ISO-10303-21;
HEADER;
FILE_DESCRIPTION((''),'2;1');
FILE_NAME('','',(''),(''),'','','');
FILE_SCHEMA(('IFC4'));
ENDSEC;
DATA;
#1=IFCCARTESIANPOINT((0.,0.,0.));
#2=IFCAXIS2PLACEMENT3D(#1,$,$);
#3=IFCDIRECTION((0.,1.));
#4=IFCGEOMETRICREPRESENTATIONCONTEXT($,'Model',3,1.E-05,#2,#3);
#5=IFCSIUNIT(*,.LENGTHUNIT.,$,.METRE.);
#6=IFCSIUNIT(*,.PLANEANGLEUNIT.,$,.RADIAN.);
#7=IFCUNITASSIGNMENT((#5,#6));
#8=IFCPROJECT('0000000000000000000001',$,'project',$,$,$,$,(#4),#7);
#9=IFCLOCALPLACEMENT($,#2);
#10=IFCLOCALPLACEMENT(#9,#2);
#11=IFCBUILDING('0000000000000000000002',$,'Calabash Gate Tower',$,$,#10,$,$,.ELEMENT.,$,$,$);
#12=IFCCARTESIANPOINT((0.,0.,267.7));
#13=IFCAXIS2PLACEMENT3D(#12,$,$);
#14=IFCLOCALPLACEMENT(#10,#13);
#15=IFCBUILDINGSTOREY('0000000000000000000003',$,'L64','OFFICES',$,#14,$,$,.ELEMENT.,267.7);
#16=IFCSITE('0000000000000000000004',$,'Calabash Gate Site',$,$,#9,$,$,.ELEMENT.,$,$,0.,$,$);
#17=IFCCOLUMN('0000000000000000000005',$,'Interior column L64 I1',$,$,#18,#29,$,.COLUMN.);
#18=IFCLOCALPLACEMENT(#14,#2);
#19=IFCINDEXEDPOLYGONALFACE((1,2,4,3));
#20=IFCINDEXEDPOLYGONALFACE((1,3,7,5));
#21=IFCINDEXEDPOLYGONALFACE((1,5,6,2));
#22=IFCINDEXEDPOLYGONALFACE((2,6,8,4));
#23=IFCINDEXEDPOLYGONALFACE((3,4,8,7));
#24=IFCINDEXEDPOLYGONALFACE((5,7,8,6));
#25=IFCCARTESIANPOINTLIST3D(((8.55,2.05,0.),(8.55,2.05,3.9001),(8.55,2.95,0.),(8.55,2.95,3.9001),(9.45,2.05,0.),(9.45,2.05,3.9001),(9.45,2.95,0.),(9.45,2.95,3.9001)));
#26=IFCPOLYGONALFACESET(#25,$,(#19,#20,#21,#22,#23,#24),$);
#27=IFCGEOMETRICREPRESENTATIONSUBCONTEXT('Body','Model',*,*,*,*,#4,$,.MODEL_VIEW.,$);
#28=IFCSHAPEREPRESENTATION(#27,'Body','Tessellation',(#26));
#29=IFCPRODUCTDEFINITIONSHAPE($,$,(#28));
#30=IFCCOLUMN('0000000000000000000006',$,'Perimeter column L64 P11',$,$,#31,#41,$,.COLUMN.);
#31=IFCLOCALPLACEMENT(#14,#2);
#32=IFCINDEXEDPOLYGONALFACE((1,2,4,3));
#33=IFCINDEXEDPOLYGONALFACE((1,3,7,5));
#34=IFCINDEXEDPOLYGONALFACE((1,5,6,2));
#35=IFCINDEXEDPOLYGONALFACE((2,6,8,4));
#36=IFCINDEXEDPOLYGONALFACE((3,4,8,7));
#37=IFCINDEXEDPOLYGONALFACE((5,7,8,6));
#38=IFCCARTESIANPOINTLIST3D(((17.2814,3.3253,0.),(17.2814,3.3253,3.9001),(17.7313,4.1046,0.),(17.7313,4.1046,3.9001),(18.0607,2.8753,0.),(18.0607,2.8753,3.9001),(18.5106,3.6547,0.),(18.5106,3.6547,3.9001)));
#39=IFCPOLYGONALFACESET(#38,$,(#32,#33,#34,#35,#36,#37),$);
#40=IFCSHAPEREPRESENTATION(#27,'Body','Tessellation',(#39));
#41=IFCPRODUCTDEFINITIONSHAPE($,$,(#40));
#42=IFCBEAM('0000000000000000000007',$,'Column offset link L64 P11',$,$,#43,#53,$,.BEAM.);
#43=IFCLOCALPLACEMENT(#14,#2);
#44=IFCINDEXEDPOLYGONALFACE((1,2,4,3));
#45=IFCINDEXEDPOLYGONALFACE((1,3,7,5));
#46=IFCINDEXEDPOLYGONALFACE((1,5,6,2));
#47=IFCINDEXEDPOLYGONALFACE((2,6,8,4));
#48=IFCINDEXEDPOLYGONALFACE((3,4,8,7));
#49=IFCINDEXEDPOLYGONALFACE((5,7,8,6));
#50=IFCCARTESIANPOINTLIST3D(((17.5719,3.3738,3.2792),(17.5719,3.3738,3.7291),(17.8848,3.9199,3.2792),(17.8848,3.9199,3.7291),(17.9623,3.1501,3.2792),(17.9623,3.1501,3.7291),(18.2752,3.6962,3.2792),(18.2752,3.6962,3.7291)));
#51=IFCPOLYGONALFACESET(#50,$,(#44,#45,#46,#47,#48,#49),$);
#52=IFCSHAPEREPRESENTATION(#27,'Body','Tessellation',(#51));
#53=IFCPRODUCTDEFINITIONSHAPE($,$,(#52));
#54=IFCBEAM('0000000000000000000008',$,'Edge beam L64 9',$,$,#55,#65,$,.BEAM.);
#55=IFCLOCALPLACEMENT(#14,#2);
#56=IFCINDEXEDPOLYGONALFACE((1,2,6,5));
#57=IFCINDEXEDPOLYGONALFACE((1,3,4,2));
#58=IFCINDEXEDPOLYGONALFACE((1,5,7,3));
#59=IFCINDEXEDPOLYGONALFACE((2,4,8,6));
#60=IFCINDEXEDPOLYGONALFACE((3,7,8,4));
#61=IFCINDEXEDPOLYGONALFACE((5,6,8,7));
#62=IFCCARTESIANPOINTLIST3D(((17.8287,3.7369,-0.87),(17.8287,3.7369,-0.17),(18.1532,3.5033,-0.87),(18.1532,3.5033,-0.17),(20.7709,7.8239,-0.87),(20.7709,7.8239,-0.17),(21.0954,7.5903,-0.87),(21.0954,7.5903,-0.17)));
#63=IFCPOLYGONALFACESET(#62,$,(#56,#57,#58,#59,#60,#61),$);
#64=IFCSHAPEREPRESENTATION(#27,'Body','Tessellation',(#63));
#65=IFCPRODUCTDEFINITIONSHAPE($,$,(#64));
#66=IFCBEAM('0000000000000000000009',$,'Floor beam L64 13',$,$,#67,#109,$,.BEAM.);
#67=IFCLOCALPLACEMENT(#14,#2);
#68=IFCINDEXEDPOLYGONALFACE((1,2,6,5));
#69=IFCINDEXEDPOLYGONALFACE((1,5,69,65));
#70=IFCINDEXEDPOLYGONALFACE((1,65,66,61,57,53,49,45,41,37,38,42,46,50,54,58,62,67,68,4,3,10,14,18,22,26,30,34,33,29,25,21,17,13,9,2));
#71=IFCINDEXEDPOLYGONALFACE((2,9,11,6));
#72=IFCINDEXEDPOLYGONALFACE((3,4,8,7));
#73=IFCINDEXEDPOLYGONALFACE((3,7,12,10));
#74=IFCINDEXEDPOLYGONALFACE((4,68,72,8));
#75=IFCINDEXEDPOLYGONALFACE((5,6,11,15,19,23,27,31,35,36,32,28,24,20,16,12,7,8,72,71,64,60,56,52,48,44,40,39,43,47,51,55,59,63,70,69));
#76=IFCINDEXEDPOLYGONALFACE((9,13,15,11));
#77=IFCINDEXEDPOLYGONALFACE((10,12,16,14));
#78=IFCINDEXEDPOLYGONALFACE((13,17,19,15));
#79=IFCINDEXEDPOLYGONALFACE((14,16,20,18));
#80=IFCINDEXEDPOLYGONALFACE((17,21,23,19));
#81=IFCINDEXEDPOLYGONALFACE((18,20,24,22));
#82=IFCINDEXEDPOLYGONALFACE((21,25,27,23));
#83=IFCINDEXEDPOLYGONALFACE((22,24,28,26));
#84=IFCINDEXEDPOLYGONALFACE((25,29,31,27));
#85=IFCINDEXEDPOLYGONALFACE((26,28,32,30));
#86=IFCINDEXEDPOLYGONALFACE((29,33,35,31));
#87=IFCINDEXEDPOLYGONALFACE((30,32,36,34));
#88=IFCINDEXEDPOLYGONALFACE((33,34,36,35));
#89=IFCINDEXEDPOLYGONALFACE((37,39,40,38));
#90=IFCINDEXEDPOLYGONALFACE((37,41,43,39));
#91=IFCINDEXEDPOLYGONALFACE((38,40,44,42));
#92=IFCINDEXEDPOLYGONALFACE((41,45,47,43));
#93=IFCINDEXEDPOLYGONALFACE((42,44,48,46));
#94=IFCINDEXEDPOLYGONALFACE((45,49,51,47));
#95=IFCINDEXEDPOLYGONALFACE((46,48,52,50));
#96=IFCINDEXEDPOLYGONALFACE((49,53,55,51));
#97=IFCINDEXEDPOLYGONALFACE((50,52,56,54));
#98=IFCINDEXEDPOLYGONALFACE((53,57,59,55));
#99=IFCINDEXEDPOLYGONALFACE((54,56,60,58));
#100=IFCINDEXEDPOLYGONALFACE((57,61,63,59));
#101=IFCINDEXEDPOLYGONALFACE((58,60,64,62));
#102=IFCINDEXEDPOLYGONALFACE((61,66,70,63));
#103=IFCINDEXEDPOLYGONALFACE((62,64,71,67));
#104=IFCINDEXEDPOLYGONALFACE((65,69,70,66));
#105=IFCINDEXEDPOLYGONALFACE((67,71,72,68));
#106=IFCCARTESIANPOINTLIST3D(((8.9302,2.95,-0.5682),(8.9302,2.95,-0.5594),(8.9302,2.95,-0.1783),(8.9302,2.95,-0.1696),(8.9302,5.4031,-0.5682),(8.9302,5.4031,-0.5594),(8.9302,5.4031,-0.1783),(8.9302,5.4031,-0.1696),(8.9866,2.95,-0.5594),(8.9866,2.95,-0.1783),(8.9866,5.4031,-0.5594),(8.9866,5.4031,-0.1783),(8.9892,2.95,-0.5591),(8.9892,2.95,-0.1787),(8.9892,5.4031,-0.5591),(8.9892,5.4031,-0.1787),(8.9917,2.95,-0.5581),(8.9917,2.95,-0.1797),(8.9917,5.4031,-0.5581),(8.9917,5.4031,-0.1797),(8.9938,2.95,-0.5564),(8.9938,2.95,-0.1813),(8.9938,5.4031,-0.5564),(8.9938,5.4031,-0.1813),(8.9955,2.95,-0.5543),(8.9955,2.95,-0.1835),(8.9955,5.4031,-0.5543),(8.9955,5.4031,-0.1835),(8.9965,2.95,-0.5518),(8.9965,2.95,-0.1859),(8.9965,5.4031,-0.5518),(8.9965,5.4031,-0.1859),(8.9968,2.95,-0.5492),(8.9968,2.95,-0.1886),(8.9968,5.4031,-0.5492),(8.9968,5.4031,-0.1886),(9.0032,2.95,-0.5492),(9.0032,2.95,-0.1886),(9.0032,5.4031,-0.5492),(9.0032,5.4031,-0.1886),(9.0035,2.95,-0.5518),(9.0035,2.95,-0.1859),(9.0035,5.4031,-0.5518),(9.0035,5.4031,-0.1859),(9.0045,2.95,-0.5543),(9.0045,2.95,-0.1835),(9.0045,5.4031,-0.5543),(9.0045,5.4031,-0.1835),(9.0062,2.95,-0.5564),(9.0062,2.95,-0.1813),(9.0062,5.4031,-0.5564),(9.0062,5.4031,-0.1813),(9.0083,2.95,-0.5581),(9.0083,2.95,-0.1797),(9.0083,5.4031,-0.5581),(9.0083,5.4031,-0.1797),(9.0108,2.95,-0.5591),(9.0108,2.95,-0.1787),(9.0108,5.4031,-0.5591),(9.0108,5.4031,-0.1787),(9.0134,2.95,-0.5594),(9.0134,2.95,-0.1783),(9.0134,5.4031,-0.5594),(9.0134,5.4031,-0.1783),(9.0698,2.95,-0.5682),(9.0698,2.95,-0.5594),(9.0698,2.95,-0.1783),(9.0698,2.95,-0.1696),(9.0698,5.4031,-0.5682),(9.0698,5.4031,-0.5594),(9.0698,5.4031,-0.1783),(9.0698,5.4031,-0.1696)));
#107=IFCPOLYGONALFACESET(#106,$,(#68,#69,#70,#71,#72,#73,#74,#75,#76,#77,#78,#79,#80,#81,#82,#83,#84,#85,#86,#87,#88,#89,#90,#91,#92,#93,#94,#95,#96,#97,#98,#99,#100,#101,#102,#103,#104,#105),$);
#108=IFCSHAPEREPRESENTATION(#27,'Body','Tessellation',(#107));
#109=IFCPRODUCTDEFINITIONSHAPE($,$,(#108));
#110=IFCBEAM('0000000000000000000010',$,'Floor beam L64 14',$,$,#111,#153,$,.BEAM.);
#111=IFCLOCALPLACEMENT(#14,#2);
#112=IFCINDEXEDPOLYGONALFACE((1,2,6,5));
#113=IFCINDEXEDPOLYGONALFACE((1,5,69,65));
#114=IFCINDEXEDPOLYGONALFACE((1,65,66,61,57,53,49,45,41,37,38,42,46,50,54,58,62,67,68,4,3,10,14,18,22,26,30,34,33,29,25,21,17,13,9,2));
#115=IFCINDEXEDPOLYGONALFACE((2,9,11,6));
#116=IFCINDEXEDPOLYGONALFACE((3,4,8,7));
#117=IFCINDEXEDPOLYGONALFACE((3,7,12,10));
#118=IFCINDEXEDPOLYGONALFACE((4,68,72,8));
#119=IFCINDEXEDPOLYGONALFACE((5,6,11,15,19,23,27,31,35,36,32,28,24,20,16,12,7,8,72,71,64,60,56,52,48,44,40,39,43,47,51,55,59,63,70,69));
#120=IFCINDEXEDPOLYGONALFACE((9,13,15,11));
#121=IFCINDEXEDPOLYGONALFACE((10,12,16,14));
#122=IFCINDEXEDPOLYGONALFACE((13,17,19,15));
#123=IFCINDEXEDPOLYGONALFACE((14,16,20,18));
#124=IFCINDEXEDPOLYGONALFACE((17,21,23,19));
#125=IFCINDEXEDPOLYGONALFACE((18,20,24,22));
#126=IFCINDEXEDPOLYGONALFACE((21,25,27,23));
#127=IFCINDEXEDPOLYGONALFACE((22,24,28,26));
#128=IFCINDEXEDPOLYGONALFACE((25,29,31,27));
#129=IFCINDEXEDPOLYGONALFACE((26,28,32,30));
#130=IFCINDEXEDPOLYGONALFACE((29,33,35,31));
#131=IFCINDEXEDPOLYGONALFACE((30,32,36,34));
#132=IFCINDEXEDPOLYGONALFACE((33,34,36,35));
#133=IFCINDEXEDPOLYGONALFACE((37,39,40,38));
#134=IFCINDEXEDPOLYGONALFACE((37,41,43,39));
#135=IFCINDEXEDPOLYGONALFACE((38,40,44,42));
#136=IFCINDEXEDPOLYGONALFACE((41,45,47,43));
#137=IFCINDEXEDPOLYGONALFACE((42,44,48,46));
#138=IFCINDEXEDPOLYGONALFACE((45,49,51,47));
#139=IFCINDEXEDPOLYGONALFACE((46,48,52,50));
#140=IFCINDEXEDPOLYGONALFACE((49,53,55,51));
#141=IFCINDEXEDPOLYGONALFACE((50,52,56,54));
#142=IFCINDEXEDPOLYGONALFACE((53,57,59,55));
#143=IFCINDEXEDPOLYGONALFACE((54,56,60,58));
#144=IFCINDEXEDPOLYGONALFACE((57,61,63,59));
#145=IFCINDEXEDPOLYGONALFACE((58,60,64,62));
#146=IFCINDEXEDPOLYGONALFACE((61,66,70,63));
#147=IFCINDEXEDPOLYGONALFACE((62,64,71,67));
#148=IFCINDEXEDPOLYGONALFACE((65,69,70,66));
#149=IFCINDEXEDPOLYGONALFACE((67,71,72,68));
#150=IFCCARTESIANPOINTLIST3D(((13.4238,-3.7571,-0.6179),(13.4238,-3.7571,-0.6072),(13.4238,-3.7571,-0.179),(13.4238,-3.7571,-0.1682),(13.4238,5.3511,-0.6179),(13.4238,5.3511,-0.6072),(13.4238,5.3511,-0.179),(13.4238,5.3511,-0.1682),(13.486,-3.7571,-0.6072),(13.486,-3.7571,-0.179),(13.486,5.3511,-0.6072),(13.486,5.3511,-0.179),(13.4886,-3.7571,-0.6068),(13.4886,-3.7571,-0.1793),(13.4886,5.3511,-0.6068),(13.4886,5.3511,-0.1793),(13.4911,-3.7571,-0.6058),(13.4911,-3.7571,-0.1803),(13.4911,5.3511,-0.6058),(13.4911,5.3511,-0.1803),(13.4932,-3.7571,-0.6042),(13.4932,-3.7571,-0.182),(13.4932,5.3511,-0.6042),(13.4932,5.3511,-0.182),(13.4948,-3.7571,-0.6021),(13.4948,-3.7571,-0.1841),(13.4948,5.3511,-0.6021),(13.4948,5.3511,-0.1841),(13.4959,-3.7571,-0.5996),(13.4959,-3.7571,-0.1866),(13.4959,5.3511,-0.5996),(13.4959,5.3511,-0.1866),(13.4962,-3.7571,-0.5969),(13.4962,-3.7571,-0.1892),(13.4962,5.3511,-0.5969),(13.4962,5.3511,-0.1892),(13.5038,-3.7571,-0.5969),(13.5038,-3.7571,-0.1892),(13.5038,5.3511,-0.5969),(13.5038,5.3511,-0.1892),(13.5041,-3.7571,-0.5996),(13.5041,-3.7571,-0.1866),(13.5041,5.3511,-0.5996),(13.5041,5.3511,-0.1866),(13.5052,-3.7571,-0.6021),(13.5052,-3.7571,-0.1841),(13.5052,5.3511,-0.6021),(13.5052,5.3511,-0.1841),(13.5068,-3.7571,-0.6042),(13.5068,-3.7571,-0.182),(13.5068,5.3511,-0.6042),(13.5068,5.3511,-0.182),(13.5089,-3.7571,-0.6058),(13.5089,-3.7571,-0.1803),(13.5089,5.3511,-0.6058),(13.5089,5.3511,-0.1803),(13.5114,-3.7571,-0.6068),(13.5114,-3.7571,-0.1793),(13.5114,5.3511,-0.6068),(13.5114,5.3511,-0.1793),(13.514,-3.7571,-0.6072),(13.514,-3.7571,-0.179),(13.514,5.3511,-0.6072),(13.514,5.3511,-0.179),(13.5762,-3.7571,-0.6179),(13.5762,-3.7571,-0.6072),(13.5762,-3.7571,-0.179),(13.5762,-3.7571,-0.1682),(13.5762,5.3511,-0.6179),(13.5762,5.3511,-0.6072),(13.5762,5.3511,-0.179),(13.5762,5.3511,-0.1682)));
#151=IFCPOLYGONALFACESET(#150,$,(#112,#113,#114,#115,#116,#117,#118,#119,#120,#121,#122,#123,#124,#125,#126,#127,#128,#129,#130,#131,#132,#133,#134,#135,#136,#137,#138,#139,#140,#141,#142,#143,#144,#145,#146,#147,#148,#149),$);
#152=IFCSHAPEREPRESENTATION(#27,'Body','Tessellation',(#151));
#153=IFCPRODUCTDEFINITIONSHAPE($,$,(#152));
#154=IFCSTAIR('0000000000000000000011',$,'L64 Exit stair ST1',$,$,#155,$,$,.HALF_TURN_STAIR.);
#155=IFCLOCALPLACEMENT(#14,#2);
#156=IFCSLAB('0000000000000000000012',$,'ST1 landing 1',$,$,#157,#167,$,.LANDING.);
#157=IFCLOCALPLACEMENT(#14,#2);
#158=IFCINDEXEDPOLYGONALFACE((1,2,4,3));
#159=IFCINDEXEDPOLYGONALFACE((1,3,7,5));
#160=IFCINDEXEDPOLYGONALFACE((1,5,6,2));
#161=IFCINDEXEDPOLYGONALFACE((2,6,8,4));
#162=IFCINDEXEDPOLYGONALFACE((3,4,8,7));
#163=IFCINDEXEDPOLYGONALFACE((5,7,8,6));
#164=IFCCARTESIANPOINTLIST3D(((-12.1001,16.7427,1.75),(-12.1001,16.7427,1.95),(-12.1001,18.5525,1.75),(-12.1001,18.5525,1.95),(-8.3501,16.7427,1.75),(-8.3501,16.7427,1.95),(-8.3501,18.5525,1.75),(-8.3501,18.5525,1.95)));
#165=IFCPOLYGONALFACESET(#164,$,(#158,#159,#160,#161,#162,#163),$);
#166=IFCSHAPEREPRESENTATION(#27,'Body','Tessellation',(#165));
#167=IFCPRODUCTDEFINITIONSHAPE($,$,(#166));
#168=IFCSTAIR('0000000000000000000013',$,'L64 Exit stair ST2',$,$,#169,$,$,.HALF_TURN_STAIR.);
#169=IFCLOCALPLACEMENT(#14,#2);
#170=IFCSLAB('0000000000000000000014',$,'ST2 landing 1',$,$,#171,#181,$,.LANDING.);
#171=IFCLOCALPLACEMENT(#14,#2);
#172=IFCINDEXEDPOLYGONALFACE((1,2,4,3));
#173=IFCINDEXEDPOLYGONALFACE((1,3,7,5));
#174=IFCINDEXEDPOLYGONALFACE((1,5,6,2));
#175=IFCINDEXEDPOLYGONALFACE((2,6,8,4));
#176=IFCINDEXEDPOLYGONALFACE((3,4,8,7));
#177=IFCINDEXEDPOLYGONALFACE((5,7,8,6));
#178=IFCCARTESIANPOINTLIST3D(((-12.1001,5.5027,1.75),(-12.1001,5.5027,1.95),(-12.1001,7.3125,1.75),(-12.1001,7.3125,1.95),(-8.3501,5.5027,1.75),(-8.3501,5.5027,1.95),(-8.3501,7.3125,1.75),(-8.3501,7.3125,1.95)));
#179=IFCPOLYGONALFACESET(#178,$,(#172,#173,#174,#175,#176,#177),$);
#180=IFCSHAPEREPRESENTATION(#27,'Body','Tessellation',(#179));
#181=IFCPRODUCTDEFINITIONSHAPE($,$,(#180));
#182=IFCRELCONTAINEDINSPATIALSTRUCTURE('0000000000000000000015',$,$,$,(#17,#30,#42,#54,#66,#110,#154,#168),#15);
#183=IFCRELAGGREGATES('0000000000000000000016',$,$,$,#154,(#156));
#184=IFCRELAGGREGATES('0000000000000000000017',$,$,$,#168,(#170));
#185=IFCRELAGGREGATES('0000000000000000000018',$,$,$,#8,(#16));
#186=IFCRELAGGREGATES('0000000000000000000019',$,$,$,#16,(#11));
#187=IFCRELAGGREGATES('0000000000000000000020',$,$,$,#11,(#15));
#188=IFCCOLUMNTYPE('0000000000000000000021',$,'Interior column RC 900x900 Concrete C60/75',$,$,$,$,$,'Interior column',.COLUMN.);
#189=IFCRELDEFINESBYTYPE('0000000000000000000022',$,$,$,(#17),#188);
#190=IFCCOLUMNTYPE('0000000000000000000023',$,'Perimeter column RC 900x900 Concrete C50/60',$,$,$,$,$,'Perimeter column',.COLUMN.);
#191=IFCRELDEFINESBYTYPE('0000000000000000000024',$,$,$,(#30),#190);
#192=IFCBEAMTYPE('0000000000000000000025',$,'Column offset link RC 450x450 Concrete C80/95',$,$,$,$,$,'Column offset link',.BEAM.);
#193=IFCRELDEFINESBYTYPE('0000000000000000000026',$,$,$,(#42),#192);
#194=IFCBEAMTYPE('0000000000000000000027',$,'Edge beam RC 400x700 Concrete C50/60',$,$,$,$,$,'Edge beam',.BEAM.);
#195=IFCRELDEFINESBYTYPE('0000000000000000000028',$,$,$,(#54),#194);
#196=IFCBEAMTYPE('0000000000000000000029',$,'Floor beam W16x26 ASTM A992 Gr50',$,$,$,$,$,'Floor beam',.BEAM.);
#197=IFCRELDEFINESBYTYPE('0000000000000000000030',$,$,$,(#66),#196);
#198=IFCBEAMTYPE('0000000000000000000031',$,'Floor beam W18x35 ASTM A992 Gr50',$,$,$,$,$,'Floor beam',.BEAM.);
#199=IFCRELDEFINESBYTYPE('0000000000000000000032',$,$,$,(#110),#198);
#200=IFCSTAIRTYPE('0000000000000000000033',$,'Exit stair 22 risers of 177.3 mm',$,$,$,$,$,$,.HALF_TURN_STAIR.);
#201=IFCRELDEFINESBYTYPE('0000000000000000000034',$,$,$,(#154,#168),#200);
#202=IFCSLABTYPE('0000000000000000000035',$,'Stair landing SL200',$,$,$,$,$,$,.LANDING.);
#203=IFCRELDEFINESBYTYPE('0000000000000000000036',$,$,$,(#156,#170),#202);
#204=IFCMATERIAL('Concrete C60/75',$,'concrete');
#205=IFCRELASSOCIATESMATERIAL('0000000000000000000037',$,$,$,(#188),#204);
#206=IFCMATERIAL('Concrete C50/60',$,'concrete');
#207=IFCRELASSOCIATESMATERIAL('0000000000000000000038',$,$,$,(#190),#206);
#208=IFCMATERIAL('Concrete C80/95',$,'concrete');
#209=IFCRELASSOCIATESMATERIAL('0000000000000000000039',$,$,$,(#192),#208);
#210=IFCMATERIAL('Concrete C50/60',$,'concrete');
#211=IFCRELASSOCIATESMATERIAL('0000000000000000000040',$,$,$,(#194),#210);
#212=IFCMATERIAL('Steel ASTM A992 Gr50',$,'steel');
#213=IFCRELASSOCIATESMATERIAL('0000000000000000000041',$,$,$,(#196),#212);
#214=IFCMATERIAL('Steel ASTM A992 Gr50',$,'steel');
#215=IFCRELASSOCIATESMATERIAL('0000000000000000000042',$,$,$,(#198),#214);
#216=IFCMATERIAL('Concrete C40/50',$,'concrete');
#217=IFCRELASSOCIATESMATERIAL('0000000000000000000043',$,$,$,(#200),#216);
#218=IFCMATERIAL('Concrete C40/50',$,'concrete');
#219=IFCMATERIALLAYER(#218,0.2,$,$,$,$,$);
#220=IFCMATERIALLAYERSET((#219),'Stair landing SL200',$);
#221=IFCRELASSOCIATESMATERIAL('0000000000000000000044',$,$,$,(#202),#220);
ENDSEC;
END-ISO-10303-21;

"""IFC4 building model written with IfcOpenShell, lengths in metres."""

from ifc_helpers import new_model, si_unit, direction, frame, origin, origin_2d, place, context, subcontext, project, spatial, polyline, rectangle, i_section, outline, extrude, material, layer, layer_set, material_profile, profile_set, type_object, element, aggregate, save


model = new_model("IFC4")

# Units and contexts
model_context = context("Model", 3, precision=1e-05, world=origin(), true_north=direction((0.0, 1.0)))
body_context = subcontext(model_context, "Body", "Model", "MODEL_VIEW")
ifc_project = project(units=[si_unit("LENGTHUNIT", "METRE"), si_unit("PLANEANGLEUNIT", "RADIAN")], contexts=[model_context])

# Site, building, storey
site_placement = place(None, origin())
site = spatial("IfcSite", under=ifc_project, at=site_placement, Name="Calabash Gate Site", CompositionType="ELEMENT", RefElevation=0.0)
building_placement = place(site_placement, origin())
building = spatial("IfcBuilding", under=site, at=building_placement, Name="Calabash Gate Tower", CompositionType="ELEMENT")
storey_placement = place(building_placement, frame((0.0, 0.0, 267.7)))
storey = spatial("IfcBuildingStorey", under=building, at=storey_placement, Name="L64", Description="OFFICES", CompositionType="ELEMENT", Elevation=267.7)

# Columns
ifc_material_1 = material(Name="Concrete C60/75", Category="concrete")
ifc_material_profile_1 = material_profile(ifc_material_1, rectangle(XDim=0.8999, YDim=0.8999, at=origin_2d()))
ifc_profile_set_1 = profile_set([ifc_material_profile_1], Name="Concrete C60/75")
column_type_1 = type_object("IfcColumnType", Name="Interior column RC 900x900 Concrete C60/75", ElementType="Interior column", PredefinedType="COLUMN", material=ifc_profile_set_1)
column_1_placement = place(storey_placement, frame((9.0, 2.5, 0.0), z_axis=(0.0, 0.0, 1.0), x_axis=(1.0, 0.0, 0.0)))
element("IfcColumn", 1, at=column_1_placement, inside=storey, type_object=column_type_1, Name="Interior column L64 I1", PredefinedType="COLUMN", context=body_context, shape_type="SweptSolid", body=[
    extrude(rectangle(XDim=0.8999, YDim=0.8999, at=origin_2d()), origin(), (0.0, 0.0, 1.0), 3.9001),
])
ifc_material_2 = material(Name="Concrete C50/60", Category="concrete")
ifc_material_profile_2 = material_profile(ifc_material_2, rectangle(XDim=0.8999, YDim=0.8999, at=origin_2d()))
ifc_profile_set_2 = profile_set([ifc_material_profile_2], Name="Concrete C50/60")
column_type_2 = type_object("IfcColumnType", Name="Perimeter column RC 900x900 Concrete C50/60", ElementType="Perimeter column", PredefinedType="COLUMN", material=ifc_profile_set_2)
column_2_placement = place(storey_placement, frame((17.896, 3.49, 0.0), z_axis=(0.0, 0.0, 1.0), x_axis=(0.5, 0.866025, 0.0)))
element("IfcColumn", 2, at=column_2_placement, inside=storey, type_object=column_type_2, Name="Perimeter column L64 P11", PredefinedType="COLUMN", context=body_context, shape_type="SweptSolid", body=[
    extrude(rectangle(XDim=0.8999, YDim=0.8999, at=origin_2d()), origin(), (0.0, 0.0, 1.0), 3.9001),
])

# Beams
ifc_material_3 = material(Name="Concrete C80/95", Category="concrete")
ifc_material_profile_3 = material_profile(ifc_material_3, rectangle(XDim=0.45, YDim=0.45, at=origin_2d()))
ifc_profile_set_3 = profile_set([ifc_material_profile_3], Name="Concrete C80/95")
beam_type_1 = type_object("IfcBeamType", Name="Column offset link RC 450x450 Concrete C80/95", ElementType="Column offset link", PredefinedType="BEAM", material=ifc_profile_set_3)
beam_1_placement = place(storey_placement, frame((17.7671, 3.262, 3.5042), z_axis=(0.497225, 0.867622, 0.0), x_axis=(-0.867622, 0.497225, 0.0)))
element("IfcBeam", 3, at=beam_1_placement, inside=storey, type_object=beam_type_1, Name="Column offset link L64 P11", PredefinedType="BEAM", context=body_context, shape_type="SweptSolid", body=[
    extrude(rectangle(XDim=0.45, YDim=0.45, at=origin_2d()), origin(), (0.0, 0.0, 1.0), 0.6294),
])
ifc_material_4 = material(Name="Concrete C50/60", Category="concrete")
ifc_material_profile_4 = material_profile(ifc_material_4, rectangle(XDim=0.3999, YDim=0.7, at=origin_2d()))
ifc_profile_set_4 = profile_set([ifc_material_profile_4], Name="Concrete C50/60")
beam_type_2 = type_object("IfcBeamType", Name="Edge beam RC 400x700 Concrete C50/60", ElementType="Edge beam", PredefinedType="BEAM", material=ifc_profile_set_4)
beam_2_placement = place(storey_placement, frame((17.991, 3.6201, -0.52), z_axis=(0.584247, 0.811576, 0.0), x_axis=(-0.811576, 0.584247, 0.0)))
element("IfcBeam", 4, at=beam_2_placement, inside=storey, type_object=beam_type_2, Name="Edge beam L64 9", PredefinedType="BEAM", context=body_context, shape_type="SweptSolid", body=[
    extrude(rectangle(XDim=0.3999, YDim=0.7, at=origin_2d()), origin(), (0.0, 0.0, 1.0), 5.0359),
])
ifc_material_5 = material(Name="Steel ASTM A992 Gr50", Category="steel")
ifc_material_profile_5 = material_profile(ifc_material_5, i_section(OverallWidth=0.1396, OverallDepth=0.3987, WebThickness=0.0063, FlangeThickness=0.0088, FilletRadius=0.0103, at=origin_2d()))
ifc_profile_set_5 = profile_set([ifc_material_profile_5], Name="Steel ASTM A992 Gr50")
beam_type_3 = type_object("IfcBeamType", Name="Floor beam W16x26 ASTM A992 Gr50", ElementType="Floor beam", PredefinedType="BEAM", material=ifc_profile_set_5)
beam_3_placement = place(storey_placement, frame((9.0, 2.95, -0.3689), z_axis=(0.0, 1.0, 0.0), x_axis=(-1.0, 0.0, 0.0)))
element("IfcBeam", 5, at=beam_3_placement, inside=storey, type_object=beam_type_3, Name="Floor beam L64 13", PredefinedType="BEAM", context=body_context, shape_type="SweptSolid", body=[
    extrude(i_section(OverallWidth=0.1396, OverallDepth=0.3987, WebThickness=0.0063, FlangeThickness=0.0088, FilletRadius=0.0103, at=origin_2d()), origin(), (0.0, 0.0, 1.0), 2.4531),
])
ifc_material_6 = material(Name="Steel ASTM A992 Gr50", Category="steel")
ifc_material_profile_6 = material_profile(ifc_material_6, i_section(OverallWidth=0.1523, OverallDepth=0.4497, WebThickness=0.0076, FlangeThickness=0.0107, FilletRadius=0.0103, at=origin_2d()))
ifc_profile_set_6 = profile_set([ifc_material_profile_6], Name="Steel ASTM A992 Gr50")
beam_type_4 = type_object("IfcBeamType", Name="Floor beam W18x35 ASTM A992 Gr50", ElementType="Floor beam", PredefinedType="BEAM", material=ifc_profile_set_6)
beam_4_placement = place(storey_placement, frame((13.5, -3.7571, -0.3931), z_axis=(0.0, 1.0, 0.0), x_axis=(-1.0, 0.0, 0.0)))
element("IfcBeam", 6, at=beam_4_placement, inside=storey, type_object=beam_type_4, Name="Floor beam L64 14", PredefinedType="BEAM", context=body_context, shape_type="SweptSolid", body=[
    extrude(i_section(OverallWidth=0.1523, OverallDepth=0.4497, WebThickness=0.0076, FlangeThickness=0.0107, FilletRadius=0.0103, at=origin_2d()), origin(), (0.0, 0.0, 1.0), 9.1082),
])

# Stairs, slabs
ifc_material_7 = material(Name="Concrete C40/50", Category="concrete")
stair_type = type_object("IfcStairType", Name="Exit stair 22 risers of 177.3 mm", PredefinedType="HALF_TURN_STAIR", material=ifc_material_7)
stair_1_placement = place(storey_placement, origin())
stair_1 = element("IfcStair", 7, at=stair_1_placement, inside=storey, type_object=stair_type, Name="L64 Exit stair ST1", PredefinedType="HALF_TURN_STAIR")
ifc_material_8 = material(Name="Concrete C40/50", Category="concrete")
ifc_layer_1 = layer(ifc_material_8, 0.2)
ifc_layer_set_1 = layer_set([ifc_layer_1], Name="Stair landing SL200")
slab_type = type_object("IfcSlabType", Name="Stair landing SL200", PredefinedType="LANDING", material=ifc_layer_set_1)
slab_1_placement = place(storey_placement, frame((0.0, 0.0, 1.75)))
slab_1 = element("IfcSlab", 8, at=slab_1_placement, type_object=slab_type, Name="ST1 landing 1", PredefinedType="LANDING", context=body_context, shape_type="SweptSolid", body=[
    extrude(outline(polyline([(-8.3501, 16.7427), (-8.3501, 18.5525), (-12.1001, 18.5525), (-12.1001, 16.7427), (-8.3501, 16.7427)])), origin(), (0.0, 0.0, 1.0), 0.2),
])
aggregate(stair_1, [slab_1])
stair_2_placement = place(storey_placement, origin())
stair_2 = element("IfcStair", 9, at=stair_2_placement, inside=storey, type_object=stair_type, Name="L64 Exit stair ST2", PredefinedType="HALF_TURN_STAIR")
slab_2_placement = place(storey_placement, frame((0.0, 0.0, 1.75)))
slab_2 = element("IfcSlab", 10, at=slab_2_placement, type_object=slab_type, Name="ST2 landing 1", PredefinedType="LANDING", context=body_context, shape_type="SweptSolid", body=[
    extrude(outline(polyline([(-12.1001, 7.3125), (-12.1001, 5.5027), (-8.3501, 5.5027), (-8.3501, 7.3125), (-12.1001, 7.3125)])), origin(), (0.0, 0.0, 1.0), 0.2),
])
aggregate(stair_2, [slab_2])

save(model, "model.ifc")
